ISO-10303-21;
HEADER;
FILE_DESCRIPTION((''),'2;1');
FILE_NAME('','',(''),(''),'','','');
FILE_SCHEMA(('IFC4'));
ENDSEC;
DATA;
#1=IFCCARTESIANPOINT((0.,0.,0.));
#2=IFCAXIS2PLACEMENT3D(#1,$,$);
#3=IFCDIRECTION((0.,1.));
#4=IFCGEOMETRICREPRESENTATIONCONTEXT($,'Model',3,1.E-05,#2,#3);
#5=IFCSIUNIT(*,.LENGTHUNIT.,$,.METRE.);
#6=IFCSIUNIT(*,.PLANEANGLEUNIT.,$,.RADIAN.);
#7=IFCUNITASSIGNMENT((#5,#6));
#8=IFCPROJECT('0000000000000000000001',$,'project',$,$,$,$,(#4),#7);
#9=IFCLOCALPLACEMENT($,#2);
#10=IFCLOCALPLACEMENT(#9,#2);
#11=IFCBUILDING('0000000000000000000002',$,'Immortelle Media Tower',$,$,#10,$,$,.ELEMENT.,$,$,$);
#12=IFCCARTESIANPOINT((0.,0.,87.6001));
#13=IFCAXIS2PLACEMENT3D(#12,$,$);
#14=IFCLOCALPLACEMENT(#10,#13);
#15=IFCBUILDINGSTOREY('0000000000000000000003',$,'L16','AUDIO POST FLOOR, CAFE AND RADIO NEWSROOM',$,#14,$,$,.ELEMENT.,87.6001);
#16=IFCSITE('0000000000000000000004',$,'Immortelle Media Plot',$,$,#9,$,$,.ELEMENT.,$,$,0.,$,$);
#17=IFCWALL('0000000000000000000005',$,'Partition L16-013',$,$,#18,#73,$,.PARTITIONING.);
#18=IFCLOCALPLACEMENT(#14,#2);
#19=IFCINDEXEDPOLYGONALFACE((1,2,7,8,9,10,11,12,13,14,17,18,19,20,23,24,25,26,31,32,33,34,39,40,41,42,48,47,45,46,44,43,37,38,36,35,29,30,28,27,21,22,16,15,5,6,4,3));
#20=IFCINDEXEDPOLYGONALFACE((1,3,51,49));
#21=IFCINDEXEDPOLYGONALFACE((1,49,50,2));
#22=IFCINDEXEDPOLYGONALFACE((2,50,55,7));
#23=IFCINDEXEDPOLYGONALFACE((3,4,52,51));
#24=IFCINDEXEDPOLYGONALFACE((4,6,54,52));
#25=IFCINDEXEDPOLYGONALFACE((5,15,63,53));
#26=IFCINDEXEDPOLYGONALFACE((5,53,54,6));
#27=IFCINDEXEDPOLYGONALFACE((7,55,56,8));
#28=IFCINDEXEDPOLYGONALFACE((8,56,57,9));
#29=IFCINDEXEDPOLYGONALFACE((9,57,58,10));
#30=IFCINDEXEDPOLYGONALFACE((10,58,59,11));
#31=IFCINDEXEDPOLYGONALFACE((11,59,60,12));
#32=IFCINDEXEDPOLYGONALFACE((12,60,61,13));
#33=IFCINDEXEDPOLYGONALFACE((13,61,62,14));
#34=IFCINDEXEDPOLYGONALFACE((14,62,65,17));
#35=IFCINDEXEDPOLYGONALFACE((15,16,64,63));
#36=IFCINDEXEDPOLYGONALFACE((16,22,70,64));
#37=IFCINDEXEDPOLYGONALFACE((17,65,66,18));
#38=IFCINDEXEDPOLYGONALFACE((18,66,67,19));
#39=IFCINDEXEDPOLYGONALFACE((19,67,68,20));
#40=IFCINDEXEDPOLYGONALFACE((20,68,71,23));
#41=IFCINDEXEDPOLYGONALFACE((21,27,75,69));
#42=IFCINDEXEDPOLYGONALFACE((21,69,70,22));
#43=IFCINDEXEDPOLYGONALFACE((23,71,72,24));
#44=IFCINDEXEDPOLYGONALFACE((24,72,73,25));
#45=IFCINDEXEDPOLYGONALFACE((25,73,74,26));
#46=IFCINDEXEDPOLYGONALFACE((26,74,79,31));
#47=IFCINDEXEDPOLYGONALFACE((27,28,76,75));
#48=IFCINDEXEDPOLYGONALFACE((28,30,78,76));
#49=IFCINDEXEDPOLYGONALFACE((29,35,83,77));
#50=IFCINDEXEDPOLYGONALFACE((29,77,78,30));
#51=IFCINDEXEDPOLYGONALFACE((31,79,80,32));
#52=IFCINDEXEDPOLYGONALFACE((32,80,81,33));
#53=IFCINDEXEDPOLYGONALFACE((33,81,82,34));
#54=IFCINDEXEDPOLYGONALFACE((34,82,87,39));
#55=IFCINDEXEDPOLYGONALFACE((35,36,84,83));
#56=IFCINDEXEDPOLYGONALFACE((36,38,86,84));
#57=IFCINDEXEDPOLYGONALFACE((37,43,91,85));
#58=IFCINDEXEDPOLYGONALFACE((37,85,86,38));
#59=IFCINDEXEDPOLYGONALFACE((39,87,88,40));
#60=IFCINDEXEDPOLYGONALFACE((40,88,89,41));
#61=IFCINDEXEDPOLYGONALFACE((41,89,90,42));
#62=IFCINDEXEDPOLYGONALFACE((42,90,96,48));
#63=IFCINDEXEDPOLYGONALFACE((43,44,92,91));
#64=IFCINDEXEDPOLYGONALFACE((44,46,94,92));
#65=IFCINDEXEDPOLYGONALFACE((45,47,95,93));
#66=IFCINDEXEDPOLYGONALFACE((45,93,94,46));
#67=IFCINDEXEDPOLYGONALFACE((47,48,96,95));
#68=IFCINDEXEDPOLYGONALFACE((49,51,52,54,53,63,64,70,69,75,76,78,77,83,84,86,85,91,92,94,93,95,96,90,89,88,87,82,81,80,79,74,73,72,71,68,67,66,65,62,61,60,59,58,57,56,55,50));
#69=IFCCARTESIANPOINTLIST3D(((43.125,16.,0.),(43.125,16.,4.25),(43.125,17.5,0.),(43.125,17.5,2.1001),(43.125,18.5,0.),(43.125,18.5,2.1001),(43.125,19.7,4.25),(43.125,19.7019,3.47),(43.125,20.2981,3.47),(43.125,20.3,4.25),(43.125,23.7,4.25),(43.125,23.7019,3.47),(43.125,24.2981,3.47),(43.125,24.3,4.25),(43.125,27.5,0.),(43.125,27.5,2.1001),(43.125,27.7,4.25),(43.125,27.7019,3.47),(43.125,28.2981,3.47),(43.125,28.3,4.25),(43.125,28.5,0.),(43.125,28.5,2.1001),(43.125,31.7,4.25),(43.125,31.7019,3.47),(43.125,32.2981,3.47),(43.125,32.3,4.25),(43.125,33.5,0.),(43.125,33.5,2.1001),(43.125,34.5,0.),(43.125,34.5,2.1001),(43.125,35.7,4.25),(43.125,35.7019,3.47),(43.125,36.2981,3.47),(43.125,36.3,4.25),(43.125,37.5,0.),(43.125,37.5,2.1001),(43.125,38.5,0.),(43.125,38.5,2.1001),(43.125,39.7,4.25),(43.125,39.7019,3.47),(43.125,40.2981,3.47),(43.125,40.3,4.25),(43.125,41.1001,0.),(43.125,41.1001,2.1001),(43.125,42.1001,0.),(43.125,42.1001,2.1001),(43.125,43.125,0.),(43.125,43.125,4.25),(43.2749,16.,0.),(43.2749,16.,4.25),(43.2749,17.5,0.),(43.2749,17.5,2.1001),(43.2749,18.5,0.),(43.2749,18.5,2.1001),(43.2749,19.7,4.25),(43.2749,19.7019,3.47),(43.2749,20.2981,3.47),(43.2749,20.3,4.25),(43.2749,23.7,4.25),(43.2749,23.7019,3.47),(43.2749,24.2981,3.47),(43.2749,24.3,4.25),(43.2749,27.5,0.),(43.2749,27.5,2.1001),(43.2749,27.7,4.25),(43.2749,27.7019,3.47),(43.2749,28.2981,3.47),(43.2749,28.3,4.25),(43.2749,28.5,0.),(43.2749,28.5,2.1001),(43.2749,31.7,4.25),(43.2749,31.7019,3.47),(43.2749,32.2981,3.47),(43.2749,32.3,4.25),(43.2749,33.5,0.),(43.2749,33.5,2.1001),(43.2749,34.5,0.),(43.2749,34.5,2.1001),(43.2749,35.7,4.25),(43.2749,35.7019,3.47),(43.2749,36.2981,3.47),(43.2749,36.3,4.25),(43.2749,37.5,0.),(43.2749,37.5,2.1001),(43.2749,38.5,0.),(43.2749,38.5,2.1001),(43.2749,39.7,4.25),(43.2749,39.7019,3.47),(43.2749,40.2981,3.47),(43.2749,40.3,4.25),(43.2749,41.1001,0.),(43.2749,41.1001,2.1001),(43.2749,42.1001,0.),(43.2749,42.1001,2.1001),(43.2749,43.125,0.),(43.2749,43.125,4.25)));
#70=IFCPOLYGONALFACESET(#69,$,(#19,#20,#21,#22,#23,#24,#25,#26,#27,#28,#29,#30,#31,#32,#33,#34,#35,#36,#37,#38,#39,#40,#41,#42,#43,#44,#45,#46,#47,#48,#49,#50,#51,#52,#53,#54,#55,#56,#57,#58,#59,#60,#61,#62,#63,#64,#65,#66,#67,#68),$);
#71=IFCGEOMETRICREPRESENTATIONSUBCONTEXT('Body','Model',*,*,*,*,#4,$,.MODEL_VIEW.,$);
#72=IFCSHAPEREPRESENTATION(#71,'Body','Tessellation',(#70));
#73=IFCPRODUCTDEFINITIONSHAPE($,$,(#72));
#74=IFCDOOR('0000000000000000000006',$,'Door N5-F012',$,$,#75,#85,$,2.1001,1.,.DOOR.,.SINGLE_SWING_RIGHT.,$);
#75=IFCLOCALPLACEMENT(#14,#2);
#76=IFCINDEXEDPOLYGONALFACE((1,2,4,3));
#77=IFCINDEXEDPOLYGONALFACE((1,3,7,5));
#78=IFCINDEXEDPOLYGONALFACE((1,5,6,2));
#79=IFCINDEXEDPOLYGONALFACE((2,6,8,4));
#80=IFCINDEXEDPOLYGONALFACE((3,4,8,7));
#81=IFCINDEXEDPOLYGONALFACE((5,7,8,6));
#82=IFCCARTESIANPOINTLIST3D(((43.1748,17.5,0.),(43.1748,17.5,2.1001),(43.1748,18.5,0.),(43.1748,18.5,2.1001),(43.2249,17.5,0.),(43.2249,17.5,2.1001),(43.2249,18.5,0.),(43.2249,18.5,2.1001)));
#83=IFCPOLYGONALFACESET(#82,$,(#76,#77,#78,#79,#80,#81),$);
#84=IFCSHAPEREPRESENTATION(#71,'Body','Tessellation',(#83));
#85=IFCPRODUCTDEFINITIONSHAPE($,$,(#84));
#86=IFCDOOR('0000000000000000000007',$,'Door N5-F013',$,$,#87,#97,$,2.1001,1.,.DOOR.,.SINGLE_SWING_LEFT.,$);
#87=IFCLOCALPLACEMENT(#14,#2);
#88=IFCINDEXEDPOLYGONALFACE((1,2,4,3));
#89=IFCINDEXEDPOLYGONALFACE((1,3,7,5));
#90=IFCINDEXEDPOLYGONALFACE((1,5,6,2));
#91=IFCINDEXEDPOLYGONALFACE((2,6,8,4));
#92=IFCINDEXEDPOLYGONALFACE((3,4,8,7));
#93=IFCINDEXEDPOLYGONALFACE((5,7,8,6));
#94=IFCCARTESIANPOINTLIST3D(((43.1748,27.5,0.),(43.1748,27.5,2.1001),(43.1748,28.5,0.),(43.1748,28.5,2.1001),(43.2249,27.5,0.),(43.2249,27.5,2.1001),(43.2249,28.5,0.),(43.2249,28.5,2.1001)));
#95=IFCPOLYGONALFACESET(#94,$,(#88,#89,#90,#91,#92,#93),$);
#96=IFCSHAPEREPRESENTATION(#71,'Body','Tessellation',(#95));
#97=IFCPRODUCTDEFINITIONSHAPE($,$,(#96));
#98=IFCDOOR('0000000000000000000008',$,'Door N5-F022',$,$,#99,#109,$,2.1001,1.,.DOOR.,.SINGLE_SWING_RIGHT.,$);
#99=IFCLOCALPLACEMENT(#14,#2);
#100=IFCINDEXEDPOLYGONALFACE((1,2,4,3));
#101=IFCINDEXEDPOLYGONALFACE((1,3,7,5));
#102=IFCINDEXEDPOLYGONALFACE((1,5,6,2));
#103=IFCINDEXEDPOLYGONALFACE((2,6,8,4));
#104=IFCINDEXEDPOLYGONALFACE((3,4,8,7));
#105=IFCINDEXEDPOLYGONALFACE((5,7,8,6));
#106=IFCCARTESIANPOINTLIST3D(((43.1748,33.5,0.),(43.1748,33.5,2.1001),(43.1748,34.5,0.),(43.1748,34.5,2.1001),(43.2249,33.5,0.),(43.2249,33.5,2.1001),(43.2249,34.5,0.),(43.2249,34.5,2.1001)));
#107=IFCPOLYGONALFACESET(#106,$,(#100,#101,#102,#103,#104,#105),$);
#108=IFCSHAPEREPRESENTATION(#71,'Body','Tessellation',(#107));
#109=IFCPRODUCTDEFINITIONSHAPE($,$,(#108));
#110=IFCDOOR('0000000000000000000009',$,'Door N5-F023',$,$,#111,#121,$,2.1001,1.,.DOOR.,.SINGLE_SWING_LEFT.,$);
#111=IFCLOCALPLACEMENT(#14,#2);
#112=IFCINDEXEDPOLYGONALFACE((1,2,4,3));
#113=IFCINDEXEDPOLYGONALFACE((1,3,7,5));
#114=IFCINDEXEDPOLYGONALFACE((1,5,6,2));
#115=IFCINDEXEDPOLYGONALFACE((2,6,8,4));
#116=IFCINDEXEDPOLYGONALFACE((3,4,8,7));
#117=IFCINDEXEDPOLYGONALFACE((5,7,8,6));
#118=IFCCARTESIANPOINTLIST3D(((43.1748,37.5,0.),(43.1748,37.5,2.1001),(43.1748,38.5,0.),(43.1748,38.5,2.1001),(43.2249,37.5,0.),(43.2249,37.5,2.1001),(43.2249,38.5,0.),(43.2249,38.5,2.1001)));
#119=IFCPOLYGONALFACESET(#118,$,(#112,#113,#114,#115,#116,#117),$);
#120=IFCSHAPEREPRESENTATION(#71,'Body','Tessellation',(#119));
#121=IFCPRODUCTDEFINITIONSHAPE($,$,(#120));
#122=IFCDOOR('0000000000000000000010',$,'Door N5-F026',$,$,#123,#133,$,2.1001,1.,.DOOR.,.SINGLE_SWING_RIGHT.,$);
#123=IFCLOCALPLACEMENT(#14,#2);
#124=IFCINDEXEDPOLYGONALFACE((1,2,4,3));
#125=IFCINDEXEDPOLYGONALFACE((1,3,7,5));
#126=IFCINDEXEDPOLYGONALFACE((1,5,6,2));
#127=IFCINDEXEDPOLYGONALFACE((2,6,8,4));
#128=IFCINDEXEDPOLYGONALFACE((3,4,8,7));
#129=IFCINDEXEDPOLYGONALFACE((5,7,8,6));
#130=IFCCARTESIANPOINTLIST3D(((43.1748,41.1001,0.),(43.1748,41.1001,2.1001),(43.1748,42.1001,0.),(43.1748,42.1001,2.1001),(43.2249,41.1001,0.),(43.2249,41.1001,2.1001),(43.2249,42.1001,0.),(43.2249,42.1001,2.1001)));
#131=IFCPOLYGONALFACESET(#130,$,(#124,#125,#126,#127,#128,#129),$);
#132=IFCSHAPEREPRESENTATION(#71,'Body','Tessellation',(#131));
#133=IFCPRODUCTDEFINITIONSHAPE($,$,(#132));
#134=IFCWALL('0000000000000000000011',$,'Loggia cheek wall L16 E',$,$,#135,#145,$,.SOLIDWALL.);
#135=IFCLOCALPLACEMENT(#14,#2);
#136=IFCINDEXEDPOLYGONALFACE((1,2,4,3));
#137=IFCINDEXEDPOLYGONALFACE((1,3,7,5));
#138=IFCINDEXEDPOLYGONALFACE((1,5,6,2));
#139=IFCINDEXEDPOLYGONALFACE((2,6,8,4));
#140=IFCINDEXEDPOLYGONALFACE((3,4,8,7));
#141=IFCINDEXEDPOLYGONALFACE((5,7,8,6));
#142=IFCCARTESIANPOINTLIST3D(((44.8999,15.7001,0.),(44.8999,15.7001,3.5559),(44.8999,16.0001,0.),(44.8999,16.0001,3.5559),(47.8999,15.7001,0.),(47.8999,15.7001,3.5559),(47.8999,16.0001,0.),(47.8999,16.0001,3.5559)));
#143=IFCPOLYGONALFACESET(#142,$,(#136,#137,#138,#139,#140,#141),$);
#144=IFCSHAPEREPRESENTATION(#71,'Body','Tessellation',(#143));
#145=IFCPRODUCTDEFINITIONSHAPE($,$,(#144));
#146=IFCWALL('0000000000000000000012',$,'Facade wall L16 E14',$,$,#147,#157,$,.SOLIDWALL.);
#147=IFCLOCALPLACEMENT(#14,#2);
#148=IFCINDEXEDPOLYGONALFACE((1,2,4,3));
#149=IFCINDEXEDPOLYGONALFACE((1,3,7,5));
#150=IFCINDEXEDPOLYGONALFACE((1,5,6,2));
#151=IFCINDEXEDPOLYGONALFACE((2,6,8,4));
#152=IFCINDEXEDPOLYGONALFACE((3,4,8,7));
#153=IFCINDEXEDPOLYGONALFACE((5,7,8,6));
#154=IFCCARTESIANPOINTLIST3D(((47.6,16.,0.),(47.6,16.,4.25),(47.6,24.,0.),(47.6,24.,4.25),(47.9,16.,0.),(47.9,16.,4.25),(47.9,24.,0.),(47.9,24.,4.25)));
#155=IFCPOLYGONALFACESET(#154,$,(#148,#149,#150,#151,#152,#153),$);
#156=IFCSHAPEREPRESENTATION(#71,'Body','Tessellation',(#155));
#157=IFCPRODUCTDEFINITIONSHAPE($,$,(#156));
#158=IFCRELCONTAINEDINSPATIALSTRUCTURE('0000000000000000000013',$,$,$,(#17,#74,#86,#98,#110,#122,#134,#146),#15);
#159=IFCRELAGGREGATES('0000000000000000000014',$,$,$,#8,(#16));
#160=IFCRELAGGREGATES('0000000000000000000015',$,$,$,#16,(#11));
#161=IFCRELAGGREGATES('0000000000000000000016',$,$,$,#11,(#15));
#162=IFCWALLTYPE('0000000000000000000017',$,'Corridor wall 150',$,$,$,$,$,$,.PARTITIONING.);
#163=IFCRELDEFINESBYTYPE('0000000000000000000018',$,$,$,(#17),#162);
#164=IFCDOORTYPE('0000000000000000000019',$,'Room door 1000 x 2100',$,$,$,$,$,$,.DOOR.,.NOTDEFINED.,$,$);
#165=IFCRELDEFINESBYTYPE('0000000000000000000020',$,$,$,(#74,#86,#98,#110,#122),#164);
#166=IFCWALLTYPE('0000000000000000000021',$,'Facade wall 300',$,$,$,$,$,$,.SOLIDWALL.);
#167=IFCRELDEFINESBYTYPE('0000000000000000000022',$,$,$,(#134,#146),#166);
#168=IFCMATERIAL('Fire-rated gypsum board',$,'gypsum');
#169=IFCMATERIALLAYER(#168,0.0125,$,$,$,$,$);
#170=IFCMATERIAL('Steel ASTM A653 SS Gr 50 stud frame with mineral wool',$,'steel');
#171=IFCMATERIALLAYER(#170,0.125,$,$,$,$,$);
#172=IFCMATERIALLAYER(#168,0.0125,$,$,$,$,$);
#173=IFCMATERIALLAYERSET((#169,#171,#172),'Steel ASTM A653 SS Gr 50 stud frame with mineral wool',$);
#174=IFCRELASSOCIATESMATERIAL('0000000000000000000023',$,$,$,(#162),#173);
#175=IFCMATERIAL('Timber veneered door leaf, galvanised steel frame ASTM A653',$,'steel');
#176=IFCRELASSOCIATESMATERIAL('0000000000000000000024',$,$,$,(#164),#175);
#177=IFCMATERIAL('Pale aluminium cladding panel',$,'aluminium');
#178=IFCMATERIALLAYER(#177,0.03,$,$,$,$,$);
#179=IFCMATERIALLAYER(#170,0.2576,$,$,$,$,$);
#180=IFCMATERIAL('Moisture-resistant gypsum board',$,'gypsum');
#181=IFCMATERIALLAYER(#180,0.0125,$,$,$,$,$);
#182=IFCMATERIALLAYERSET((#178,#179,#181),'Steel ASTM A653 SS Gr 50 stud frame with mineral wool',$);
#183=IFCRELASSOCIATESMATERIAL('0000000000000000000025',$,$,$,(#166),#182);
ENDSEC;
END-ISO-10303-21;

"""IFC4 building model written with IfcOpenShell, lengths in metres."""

from ifc_helpers import new_model, si_unit, direction, frame, frame_2d, origin, place, context, subcontext, project, spatial, polyline, rectangle, outline, extrude, material, layer, layer_set, type_object, element, fill, save


model = new_model("IFC4")

# Units and contexts
model_context = context("Model", 3, precision=1e-05, world=origin(), true_north=direction((0.0, 1.0)))
body_context = subcontext(model_context, "Body", "Model", "MODEL_VIEW")
ifc_project = project(units=[si_unit("LENGTHUNIT", "METRE"), si_unit("PLANEANGLEUNIT", "RADIAN")], contexts=[model_context])

# Site, building, storey
site_placement = place(None, origin())
site = spatial("IfcSite", under=ifc_project, at=site_placement, Name="Immortelle Media Plot", CompositionType="ELEMENT", RefElevation=0.0)
building_placement = place(site_placement, origin())
building = spatial("IfcBuilding", under=site, at=building_placement, Name="Immortelle Media Tower", CompositionType="ELEMENT")
storey_placement = place(building_placement, frame((0.0, 0.0, 87.6001)))
storey = spatial("IfcBuildingStorey", under=building, at=storey_placement, Name="L16", Description="AUDIO POST FLOOR, CAFE AND RADIO NEWSROOM", CompositionType="ELEMENT", Elevation=87.6001)

# Shared definitions
ifc_material_1 = material(Name="Fire-rated gypsum board", Category="gypsum")
ifc_layer_1 = layer(ifc_material_1, 0.0125)
ifc_material_2 = material(Name="Steel ASTM A653 SS Gr 50 stud frame with mineral wool", Category="steel")
ifc_layer_2 = layer(ifc_material_2, 0.125)
ifc_layer_3 = layer(ifc_material_1, 0.0125)
ifc_layer_set_1 = layer_set([ifc_layer_1, ifc_layer_2, ifc_layer_3], Name="Steel ASTM A653 SS Gr 50 stud frame with mineral wool")
wall_type_1 = type_object("IfcWallType", Name="Corridor wall 150", PredefinedType="PARTITIONING", material=ifc_layer_set_1)
ifc_material_3 = material(Name="Timber veneered door leaf, galvanised steel frame ASTM A653", Category="steel")
door_type = type_object("IfcDoorType", Name="Room door 1000 x 2100", OperationType="NOTDEFINED", PredefinedType="DOOR", material=ifc_material_3)

# Wall, openings, doors
wall_1_placement = place(storey_placement, frame((43.2, 16.0, 0.0), z_axis=(0.0, 0.0, 1.0), x_axis=(0.0, 1.0, 0.0)))
wall_1 = element("IfcWall", 1, at=wall_1_placement, inside=storey, type_object=wall_type_1, Name="Partition L16-013", PredefinedType="PARTITIONING", context=body_context, shape_type="SweptSolid", body=[
    extrude(outline(polyline([(0.0, 0.0), (27.125, 0.0), (27.125, 4.25), (24.3, 4.25), (24.2981, 3.47), (23.7019, 3.47), (23.7, 4.25), (20.3, 4.25), (20.2981, 3.47), (19.7019, 3.47), (19.7, 4.25), (16.3, 4.25), (16.2981, 3.47), (15.7019, 3.47), (15.7, 4.25), (12.3, 4.25), (12.2981, 3.47), (11.7019, 3.47), (11.7, 4.25), (8.3, 4.25), (8.2981, 3.47), (7.7019, 3.47), (7.7, 4.25), (4.3, 4.25), (4.2981, 3.47), (3.7019, 3.47), (3.7, 4.25), (0.0, 4.25), (0.0, 0.0)])), frame((0.0, 0.075, 0.0), z_axis=(0.0, -1.0, 0.0), x_axis=(1.0, 0.0, 0.0)), (0.0, 0.0, 1.0), 0.1499),
])
opening_1_placement = place(wall_1_placement, frame((2.5, 0.0, 0.0), z_axis=(0.0, 0.0, 1.0), x_axis=(-1.0, 0.0, 0.0)))
opening_1 = element("IfcOpeningElement", 2, at=opening_1_placement, cuts=wall_1, PredefinedType="OPENING", context=body_context, shape_type="SweptSolid", body=[
    extrude(rectangle(XDim=1.0, YDim=2.1001, at=frame_2d((0.5, 1.05))), frame((0.0, 0.085, 0.0), z_axis=(0.0, -1.0, 0.0), x_axis=(1.0, 0.0, 0.0)), (0.0, 0.0, 1.0), 0.1699),
])
opening_2_placement = place(wall_1_placement, frame((12.5, 0.0, 0.0), z_axis=(0.0, 0.0, 1.0), x_axis=(-1.0, 0.0, 0.0)))
opening_2 = element("IfcOpeningElement", 3, at=opening_2_placement, cuts=wall_1, PredefinedType="OPENING", context=body_context, shape_type="SweptSolid", body=[
    extrude(rectangle(XDim=1.0, YDim=2.1001, at=frame_2d((0.5, 1.05))), frame((0.0, 0.085, 0.0), z_axis=(0.0, -1.0, 0.0), x_axis=(1.0, 0.0, 0.0)), (0.0, 0.0, 1.0), 0.1699),
])
opening_3_placement = place(wall_1_placement, frame((18.5, 0.0, 0.0), z_axis=(0.0, 0.0, 1.0), x_axis=(-1.0, 0.0, 0.0)))
opening_3 = element("IfcOpeningElement", 4, at=opening_3_placement, cuts=wall_1, PredefinedType="OPENING", context=body_context, shape_type="SweptSolid", body=[
    extrude(rectangle(XDim=1.0, YDim=2.1001, at=frame_2d((0.5, 1.05))), frame((0.0, 0.085, 0.0), z_axis=(0.0, -1.0, 0.0), x_axis=(1.0, 0.0, 0.0)), (0.0, 0.0, 1.0), 0.1699),
])
opening_4_placement = place(wall_1_placement, frame((22.5, 0.0, 0.0), z_axis=(0.0, 0.0, 1.0), x_axis=(-1.0, 0.0, 0.0)))
opening_4 = element("IfcOpeningElement", 5, at=opening_4_placement, cuts=wall_1, PredefinedType="OPENING", context=body_context, shape_type="SweptSolid", body=[
    extrude(rectangle(XDim=1.0, YDim=2.1001, at=frame_2d((0.5, 1.05))), frame((0.0, 0.085, 0.0), z_axis=(0.0, -1.0, 0.0), x_axis=(1.0, 0.0, 0.0)), (0.0, 0.0, 1.0), 0.1699),
])
opening_5_placement = place(wall_1_placement, frame((26.1001, 0.0, 0.0), z_axis=(0.0, 0.0, 1.0), x_axis=(-1.0, 0.0, 0.0)))
opening_5 = element("IfcOpeningElement", 6, at=opening_5_placement, cuts=wall_1, PredefinedType="OPENING", context=body_context, shape_type="SweptSolid", body=[
    extrude(rectangle(XDim=1.0, YDim=2.1001, at=frame_2d((0.5, 1.05))), frame((0.0, 0.085, 0.0), z_axis=(0.0, -1.0, 0.0), x_axis=(1.0, 0.0, 0.0)), (0.0, 0.0, 1.0), 0.1699),
])
door_1_placement = place(opening_1_placement, origin())
door_1 = element("IfcDoor", 7, at=door_1_placement, inside=storey, type_object=door_type, Name="Door N5-F012", OperationType="SINGLE_SWING_RIGHT", OverallHeight=2.1001, OverallWidth=1.0, PredefinedType="DOOR", context=body_context, shape_type="SweptSolid", body=[
    extrude(rectangle(XDim=1.0, YDim=2.1001, at=frame_2d((0.5, 1.05))), frame((0.0, 0.0249, 0.0), z_axis=(0.0, -1.0, 0.0), x_axis=(1.0, 0.0, 0.0)), (0.0, 0.0, 1.0), 0.05),
])
fill(opening_1, door_1)
door_2_placement = place(opening_2_placement, origin())
door_2 = element("IfcDoor", 8, at=door_2_placement, inside=storey, type_object=door_type, Name="Door N5-F013", OperationType="SINGLE_SWING_LEFT", OverallHeight=2.1001, OverallWidth=1.0, PredefinedType="DOOR", context=body_context, shape_type="SweptSolid", body=[
    extrude(rectangle(XDim=1.0, YDim=2.1001, at=frame_2d((0.5, 1.05))), frame((0.0, 0.0249, 0.0), z_axis=(0.0, -1.0, 0.0), x_axis=(1.0, 0.0, 0.0)), (0.0, 0.0, 1.0), 0.05),
])
fill(opening_2, door_2)
door_3_placement = place(opening_3_placement, origin())
door_3 = element("IfcDoor", 9, at=door_3_placement, inside=storey, type_object=door_type, Name="Door N5-F022", OperationType="SINGLE_SWING_RIGHT", OverallHeight=2.1001, OverallWidth=1.0, PredefinedType="DOOR", context=body_context, shape_type="SweptSolid", body=[
    extrude(rectangle(XDim=1.0, YDim=2.1001, at=frame_2d((0.5, 1.05))), frame((0.0, 0.0249, 0.0), z_axis=(0.0, -1.0, 0.0), x_axis=(1.0, 0.0, 0.0)), (0.0, 0.0, 1.0), 0.05),
])
fill(opening_3, door_3)
door_4_placement = place(opening_4_placement, origin())
door_4 = element("IfcDoor", 10, at=door_4_placement, inside=storey, type_object=door_type, Name="Door N5-F023", OperationType="SINGLE_SWING_LEFT", OverallHeight=2.1001, OverallWidth=1.0, PredefinedType="DOOR", context=body_context, shape_type="SweptSolid", body=[
    extrude(rectangle(XDim=1.0, YDim=2.1001, at=frame_2d((0.5, 1.05))), frame((0.0, 0.0249, 0.0), z_axis=(0.0, -1.0, 0.0), x_axis=(1.0, 0.0, 0.0)), (0.0, 0.0, 1.0), 0.05),
])
fill(opening_4, door_4)
door_5_placement = place(opening_5_placement, origin())
door_5 = element("IfcDoor", 11, at=door_5_placement, inside=storey, type_object=door_type, Name="Door N5-F026", OperationType="SINGLE_SWING_RIGHT", OverallHeight=2.1001, OverallWidth=1.0, PredefinedType="DOOR", context=body_context, shape_type="SweptSolid", body=[
    extrude(rectangle(XDim=1.0, YDim=2.1001, at=frame_2d((0.5, 1.05))), frame((0.0, 0.0249, 0.0), z_axis=(0.0, -1.0, 0.0), x_axis=(1.0, 0.0, 0.0)), (0.0, 0.0, 1.0), 0.05),
])
fill(opening_5, door_5)

# Walls
ifc_material_4 = material(Name="Pale aluminium cladding panel", Category="aluminium")
ifc_layer_4 = layer(ifc_material_4, 0.03)
ifc_layer_5 = layer(ifc_material_2, 0.2576)
ifc_material_5 = material(Name="Moisture-resistant gypsum board", Category="gypsum")
ifc_layer_6 = layer(ifc_material_5, 0.0125)
ifc_layer_set_2 = layer_set([ifc_layer_4, ifc_layer_5, ifc_layer_6], Name="Steel ASTM A653 SS Gr 50 stud frame with mineral wool")
wall_type_2 = type_object("IfcWallType", Name="Facade wall 300", PredefinedType="SOLIDWALL", material=ifc_layer_set_2)
wall_2_placement = place(storey_placement, frame((47.8999, 15.8501, 0.0), z_axis=(0.0, 0.0, 1.0), x_axis=(-1.0, 0.0, 0.0)))
element("IfcWall", 12, at=wall_2_placement, inside=storey, type_object=wall_type_2, Name="Loggia cheek wall L16 E", PredefinedType="SOLIDWALL", context=body_context, shape_type="SweptSolid", body=[
    extrude(rectangle(XDim=3.0, YDim=0.3, at=frame_2d((1.5, 0.0))), origin(), (0.0, 0.0, 1.0), 3.5559),
])
wall_3_placement = place(storey_placement, frame((47.75, 16.0, 0.0), z_axis=(0.0, 0.0, 1.0), x_axis=(0.0, 1.0, 0.0)))
element("IfcWall", 13, at=wall_3_placement, inside=storey, type_object=wall_type_2, Name="Facade wall L16 E14", PredefinedType="SOLIDWALL", context=body_context, shape_type="SweptSolid", body=[
    extrude(rectangle(XDim=8.0, YDim=0.3, at=frame_2d((4.0, 0.0))), origin(), (0.0, 0.0, 1.0), 4.25),
])

save(model, "model.ifc")
